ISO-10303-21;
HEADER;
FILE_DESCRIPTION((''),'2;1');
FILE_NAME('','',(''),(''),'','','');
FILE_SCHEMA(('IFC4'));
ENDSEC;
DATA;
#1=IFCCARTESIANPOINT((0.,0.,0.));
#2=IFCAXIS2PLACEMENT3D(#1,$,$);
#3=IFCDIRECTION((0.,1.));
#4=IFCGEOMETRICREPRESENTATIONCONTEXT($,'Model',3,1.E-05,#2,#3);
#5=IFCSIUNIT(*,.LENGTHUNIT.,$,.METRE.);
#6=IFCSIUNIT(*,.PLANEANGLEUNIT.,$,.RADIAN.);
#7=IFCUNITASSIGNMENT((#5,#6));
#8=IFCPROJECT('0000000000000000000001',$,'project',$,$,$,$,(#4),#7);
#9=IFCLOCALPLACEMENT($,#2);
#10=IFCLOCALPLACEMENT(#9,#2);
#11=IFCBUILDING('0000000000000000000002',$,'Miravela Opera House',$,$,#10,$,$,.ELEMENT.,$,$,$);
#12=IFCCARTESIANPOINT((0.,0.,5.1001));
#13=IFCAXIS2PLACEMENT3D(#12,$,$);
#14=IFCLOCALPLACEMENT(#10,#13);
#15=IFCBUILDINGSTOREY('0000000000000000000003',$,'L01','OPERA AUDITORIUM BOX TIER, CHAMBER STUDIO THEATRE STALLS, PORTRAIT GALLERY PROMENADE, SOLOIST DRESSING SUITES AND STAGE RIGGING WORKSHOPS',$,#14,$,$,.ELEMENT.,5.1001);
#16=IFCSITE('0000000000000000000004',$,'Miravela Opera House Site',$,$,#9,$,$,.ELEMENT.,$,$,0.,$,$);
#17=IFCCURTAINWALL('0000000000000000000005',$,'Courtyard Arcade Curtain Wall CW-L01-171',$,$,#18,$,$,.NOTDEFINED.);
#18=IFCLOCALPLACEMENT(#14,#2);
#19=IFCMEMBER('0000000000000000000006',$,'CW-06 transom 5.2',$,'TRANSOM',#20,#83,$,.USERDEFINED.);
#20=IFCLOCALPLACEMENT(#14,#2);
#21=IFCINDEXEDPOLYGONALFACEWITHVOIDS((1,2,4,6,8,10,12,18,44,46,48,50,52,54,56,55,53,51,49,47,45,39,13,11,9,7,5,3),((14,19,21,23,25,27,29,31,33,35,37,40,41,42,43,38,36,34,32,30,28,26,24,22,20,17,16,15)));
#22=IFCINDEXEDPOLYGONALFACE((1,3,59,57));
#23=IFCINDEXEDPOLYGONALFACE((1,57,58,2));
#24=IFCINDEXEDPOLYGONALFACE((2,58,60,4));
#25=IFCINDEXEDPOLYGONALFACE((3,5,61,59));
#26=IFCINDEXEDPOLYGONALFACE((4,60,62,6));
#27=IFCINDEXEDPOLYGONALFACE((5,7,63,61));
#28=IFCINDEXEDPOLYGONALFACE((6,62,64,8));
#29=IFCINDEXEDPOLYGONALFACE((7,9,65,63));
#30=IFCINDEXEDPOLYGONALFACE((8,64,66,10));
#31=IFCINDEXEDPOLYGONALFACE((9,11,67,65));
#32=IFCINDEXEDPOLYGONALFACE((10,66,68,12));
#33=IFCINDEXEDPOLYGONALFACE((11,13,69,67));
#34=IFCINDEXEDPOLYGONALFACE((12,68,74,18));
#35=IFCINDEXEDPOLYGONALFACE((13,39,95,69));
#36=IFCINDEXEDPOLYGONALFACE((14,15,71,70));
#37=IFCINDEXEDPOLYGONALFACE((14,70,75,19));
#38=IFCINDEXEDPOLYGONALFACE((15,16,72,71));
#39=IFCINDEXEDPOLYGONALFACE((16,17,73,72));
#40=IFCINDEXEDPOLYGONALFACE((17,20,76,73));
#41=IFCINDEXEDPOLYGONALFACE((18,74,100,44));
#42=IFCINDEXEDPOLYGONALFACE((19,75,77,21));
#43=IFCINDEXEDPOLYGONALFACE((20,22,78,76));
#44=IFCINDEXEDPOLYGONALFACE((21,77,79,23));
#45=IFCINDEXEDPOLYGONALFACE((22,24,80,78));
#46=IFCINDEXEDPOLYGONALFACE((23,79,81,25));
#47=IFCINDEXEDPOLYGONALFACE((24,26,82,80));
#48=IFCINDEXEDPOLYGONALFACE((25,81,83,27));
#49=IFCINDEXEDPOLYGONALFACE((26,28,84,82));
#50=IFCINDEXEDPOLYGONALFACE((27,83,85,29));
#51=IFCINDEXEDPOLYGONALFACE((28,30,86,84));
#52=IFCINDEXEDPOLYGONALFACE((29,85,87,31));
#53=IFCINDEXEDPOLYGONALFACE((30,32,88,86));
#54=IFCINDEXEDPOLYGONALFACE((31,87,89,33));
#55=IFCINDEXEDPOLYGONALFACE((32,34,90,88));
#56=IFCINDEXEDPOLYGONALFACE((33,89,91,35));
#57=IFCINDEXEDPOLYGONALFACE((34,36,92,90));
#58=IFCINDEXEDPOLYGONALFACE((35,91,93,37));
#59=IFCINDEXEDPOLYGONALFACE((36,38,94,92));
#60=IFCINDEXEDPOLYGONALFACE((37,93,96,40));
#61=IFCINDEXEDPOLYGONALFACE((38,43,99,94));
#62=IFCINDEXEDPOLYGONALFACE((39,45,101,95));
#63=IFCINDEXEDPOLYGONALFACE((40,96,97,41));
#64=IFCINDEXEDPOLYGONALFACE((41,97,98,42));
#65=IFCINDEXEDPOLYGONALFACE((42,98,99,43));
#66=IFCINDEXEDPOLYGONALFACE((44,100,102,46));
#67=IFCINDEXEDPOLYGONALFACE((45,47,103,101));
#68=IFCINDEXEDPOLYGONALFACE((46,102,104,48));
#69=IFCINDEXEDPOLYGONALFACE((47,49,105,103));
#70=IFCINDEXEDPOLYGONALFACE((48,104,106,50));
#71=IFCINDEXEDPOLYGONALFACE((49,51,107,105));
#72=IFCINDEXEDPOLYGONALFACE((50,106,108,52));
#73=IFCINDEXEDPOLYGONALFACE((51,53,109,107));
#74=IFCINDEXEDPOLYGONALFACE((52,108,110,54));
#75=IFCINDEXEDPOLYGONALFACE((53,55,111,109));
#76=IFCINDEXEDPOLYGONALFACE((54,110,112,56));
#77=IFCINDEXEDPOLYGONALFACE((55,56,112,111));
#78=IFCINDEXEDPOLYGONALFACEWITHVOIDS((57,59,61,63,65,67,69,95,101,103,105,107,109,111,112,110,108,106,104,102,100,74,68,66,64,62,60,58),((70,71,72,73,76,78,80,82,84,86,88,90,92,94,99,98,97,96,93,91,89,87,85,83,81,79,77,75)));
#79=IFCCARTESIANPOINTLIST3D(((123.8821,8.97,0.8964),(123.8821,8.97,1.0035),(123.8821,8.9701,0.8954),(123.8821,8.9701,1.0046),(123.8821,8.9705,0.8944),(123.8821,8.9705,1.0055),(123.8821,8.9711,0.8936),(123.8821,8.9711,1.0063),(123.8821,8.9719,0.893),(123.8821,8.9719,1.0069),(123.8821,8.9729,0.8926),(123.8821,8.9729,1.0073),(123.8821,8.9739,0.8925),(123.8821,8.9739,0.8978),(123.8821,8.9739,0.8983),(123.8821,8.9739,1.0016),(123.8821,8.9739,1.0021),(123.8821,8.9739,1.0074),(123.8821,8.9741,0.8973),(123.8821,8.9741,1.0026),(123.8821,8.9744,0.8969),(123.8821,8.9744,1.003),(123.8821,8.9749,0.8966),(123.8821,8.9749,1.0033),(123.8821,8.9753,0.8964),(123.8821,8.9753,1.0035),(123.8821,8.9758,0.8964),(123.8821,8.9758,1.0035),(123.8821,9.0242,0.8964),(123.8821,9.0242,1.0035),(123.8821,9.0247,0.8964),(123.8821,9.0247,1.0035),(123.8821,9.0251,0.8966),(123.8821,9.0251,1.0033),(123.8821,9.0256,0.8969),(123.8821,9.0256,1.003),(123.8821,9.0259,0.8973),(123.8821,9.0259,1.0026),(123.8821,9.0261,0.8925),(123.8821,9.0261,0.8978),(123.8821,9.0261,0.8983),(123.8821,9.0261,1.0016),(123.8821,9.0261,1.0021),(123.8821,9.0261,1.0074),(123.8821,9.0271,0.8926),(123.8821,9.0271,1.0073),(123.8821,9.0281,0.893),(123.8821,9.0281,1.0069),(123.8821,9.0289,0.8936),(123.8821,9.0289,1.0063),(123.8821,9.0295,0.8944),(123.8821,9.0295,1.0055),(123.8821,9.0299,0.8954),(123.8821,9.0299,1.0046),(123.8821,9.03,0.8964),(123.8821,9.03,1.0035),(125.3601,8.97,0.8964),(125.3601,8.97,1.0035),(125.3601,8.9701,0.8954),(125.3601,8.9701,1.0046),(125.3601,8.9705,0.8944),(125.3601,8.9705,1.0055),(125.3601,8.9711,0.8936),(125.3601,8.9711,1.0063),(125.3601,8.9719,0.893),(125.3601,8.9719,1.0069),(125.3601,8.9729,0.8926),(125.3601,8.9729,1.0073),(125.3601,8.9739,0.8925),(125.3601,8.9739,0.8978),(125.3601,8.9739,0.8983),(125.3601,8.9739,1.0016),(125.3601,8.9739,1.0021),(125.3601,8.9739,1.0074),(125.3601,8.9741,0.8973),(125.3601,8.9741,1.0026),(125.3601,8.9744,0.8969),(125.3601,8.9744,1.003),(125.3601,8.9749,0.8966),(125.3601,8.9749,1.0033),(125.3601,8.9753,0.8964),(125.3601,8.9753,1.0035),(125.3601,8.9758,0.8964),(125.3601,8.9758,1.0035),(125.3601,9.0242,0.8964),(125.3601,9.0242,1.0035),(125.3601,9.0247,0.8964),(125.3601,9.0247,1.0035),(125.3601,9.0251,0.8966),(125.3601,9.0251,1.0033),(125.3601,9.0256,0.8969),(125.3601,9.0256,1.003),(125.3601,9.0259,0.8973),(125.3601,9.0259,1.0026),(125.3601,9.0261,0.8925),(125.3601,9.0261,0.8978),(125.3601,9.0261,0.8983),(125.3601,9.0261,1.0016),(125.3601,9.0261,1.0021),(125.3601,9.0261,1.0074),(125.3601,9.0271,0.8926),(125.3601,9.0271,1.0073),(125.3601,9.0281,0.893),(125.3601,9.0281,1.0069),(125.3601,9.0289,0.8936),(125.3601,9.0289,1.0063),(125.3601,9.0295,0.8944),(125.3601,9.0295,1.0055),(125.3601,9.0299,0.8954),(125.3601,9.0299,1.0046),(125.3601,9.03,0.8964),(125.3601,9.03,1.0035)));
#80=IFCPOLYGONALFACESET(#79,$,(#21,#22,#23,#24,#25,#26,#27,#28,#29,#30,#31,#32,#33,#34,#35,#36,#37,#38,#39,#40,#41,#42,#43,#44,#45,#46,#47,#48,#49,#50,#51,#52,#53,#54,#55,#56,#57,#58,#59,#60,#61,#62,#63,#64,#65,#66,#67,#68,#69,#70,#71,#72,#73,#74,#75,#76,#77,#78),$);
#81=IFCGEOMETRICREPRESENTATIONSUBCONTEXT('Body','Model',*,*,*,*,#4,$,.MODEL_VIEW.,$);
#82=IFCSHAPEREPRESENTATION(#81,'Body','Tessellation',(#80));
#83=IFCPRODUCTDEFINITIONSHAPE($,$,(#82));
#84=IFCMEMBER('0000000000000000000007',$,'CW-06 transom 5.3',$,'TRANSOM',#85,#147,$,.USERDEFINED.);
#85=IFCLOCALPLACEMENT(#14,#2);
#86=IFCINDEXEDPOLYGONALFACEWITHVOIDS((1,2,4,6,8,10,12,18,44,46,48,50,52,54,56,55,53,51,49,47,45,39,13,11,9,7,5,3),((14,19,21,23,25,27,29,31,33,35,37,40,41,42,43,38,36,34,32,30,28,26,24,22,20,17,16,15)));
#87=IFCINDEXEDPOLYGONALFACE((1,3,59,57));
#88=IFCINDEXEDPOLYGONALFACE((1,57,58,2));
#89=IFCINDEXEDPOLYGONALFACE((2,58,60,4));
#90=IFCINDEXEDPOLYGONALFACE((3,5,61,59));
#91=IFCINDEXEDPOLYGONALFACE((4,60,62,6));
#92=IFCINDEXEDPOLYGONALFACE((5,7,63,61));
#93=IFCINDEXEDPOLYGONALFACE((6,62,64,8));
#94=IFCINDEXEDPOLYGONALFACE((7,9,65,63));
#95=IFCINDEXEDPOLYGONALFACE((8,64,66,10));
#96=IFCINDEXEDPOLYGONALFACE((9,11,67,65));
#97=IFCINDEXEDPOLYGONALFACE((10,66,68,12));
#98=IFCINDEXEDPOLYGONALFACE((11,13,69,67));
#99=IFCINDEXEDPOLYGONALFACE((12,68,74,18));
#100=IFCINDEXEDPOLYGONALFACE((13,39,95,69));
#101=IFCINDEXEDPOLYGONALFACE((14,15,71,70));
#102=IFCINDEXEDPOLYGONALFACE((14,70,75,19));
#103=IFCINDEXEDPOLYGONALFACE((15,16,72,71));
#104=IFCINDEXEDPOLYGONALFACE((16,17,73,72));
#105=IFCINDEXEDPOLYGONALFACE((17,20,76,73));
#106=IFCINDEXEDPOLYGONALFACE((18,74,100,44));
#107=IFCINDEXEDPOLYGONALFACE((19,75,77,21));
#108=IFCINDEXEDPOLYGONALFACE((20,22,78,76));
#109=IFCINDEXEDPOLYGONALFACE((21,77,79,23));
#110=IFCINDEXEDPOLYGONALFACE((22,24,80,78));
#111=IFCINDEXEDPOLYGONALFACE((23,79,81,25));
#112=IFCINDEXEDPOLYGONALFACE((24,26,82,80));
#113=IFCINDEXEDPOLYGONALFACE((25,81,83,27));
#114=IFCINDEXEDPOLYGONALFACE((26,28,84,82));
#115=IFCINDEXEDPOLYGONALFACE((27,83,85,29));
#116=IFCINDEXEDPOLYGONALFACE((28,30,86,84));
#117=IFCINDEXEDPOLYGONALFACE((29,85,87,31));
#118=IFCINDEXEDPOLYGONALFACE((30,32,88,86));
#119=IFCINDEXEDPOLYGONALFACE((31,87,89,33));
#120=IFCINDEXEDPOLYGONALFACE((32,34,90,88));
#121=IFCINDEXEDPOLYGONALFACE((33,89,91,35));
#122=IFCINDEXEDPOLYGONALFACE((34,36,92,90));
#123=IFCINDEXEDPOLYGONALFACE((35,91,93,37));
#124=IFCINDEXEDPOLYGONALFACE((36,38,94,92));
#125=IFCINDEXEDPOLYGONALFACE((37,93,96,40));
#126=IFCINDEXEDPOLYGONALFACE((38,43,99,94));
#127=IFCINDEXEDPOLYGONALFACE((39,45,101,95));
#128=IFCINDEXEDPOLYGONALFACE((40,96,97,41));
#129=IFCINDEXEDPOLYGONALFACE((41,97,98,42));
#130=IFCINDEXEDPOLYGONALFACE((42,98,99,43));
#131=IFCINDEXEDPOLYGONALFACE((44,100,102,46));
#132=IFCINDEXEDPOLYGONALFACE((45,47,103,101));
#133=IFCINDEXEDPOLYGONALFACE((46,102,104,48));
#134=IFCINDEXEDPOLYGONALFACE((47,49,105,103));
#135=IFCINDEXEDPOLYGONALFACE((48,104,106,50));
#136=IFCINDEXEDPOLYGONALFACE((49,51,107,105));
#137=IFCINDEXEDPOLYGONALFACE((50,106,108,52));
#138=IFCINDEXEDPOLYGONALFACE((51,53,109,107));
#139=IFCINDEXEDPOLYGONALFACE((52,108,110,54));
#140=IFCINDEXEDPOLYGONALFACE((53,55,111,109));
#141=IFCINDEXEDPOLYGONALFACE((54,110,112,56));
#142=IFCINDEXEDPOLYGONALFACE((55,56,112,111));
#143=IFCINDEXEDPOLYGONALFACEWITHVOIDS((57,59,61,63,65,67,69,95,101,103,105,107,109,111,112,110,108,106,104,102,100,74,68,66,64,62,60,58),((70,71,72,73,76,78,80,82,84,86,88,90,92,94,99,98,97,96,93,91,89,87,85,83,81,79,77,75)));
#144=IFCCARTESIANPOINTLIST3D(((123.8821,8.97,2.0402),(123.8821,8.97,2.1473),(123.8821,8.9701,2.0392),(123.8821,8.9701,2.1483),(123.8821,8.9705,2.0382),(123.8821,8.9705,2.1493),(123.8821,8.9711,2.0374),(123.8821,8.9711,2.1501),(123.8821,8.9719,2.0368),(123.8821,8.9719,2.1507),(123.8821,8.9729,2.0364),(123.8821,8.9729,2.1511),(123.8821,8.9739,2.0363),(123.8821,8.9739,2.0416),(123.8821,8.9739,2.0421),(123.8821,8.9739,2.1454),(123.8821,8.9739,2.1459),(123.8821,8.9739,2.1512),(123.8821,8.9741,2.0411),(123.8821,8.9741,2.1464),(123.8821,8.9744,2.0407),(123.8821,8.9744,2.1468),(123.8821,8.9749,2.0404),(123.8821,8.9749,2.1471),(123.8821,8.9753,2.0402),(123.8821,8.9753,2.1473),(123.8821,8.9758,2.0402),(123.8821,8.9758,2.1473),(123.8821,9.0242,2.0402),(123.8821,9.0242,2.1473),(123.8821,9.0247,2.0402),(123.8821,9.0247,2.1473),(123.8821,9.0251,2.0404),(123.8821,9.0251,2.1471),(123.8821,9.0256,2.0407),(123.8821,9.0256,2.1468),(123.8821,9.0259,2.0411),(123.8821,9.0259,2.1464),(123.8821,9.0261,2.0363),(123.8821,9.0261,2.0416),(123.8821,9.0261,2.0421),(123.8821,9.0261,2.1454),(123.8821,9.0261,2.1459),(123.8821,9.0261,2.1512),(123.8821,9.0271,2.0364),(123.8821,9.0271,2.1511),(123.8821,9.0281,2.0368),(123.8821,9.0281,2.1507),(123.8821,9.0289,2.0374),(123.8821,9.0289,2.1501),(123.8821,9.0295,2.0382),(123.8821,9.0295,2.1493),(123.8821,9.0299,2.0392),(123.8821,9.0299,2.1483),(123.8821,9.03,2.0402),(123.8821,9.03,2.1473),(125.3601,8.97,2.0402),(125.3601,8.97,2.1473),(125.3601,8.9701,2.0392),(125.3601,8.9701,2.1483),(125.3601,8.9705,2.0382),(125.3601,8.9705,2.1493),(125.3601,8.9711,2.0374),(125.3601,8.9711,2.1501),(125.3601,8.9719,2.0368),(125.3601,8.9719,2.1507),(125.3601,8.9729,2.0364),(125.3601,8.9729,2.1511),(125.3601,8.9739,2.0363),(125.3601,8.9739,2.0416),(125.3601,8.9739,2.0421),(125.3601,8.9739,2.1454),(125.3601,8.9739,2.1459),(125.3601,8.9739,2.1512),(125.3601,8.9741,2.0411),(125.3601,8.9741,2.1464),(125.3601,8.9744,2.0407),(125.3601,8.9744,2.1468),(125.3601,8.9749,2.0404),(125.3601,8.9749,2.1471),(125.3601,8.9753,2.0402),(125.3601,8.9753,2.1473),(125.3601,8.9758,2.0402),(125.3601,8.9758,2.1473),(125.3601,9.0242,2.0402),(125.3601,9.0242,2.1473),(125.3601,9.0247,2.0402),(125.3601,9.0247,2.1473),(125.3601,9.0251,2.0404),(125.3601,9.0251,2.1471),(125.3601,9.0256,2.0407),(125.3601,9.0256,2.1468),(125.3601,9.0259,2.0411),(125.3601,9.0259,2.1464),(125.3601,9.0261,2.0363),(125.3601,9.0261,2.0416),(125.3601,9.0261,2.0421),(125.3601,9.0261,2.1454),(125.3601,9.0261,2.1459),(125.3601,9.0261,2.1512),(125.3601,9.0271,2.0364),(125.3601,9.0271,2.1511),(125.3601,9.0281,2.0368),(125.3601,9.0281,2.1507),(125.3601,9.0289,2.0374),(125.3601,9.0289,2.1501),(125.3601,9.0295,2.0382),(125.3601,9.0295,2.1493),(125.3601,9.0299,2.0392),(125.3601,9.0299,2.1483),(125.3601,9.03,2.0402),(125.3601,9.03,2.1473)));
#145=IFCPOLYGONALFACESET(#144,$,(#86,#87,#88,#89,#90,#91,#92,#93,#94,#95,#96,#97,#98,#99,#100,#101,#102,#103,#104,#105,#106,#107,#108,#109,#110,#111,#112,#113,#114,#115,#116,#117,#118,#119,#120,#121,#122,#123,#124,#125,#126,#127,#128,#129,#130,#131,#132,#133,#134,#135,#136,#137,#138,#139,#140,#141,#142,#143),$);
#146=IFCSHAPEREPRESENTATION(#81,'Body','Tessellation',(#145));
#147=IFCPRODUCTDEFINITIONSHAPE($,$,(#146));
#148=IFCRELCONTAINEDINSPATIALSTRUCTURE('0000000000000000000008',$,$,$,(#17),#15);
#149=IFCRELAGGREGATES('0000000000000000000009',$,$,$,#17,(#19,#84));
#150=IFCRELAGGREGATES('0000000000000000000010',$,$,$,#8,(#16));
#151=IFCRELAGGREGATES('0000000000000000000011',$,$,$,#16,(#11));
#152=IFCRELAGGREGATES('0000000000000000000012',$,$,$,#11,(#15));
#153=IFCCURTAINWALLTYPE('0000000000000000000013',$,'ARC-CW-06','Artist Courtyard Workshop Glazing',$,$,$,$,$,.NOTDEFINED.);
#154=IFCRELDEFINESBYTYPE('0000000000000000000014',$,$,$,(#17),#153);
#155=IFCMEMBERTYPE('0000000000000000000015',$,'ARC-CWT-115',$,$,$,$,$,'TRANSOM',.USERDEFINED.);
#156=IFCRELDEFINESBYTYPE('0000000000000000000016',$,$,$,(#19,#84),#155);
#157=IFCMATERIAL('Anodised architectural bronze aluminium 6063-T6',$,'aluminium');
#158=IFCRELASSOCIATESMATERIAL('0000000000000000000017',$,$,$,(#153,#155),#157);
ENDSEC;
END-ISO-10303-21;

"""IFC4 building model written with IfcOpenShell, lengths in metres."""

from ifc_helpers import new_model, si_unit, direction, frame, origin, origin_2d, place, context, subcontext, project, spatial, hollow_rectangle, extrude, material, material_profile, profile_set, type_object, element, aggregate, save


model = new_model("IFC4")

# Units and contexts
model_context = context("Model", 3, precision=1e-05, world=origin(), true_north=direction((0.0, 1.0)))
body_context = subcontext(model_context, "Body", "Model", "MODEL_VIEW")
ifc_project = project(units=[si_unit("LENGTHUNIT", "METRE"), si_unit("PLANEANGLEUNIT", "RADIAN")], contexts=[model_context])

# Site, building, storey
site_placement = place(None, origin())
site = spatial("IfcSite", under=ifc_project, at=site_placement, Name="Miravela Opera House Site", CompositionType="ELEMENT", RefElevation=0.0)
building_placement = place(site_placement, origin())
building = spatial("IfcBuilding", under=site, at=building_placement, Name="Miravela Opera House", CompositionType="ELEMENT")
storey_placement = place(building_placement, frame((0.0, 0.0, 5.1001)))
storey = spatial("IfcBuildingStorey", under=building, at=storey_placement, Name="L01", Description="OPERA AUDITORIUM BOX TIER, CHAMBER STUDIO THEATRE STALLS, PORTRAIT GALLERY PROMENADE, SOLOIST DRESSING SUITES AND STAGE RIGGING WORKSHOPS", CompositionType="ELEMENT", Elevation=5.1001)

# Curtain wall
ifc_material_1 = material(Name="Anodised architectural bronze aluminium 6063-T6", Category="aluminium")
curtain_wall_type = type_object("IfcCurtainWallType", Name="ARC-CW-06", Description="Artist Courtyard Workshop Glazing", PredefinedType="NOTDEFINED", material=ifc_material_1)
curtain_wall_1_placement = place(storey_placement, origin())
curtain_wall_1 = element("IfcCurtainWall", 1, at=curtain_wall_1_placement, inside=storey, type_object=curtain_wall_type, Name="Courtyard Arcade Curtain Wall CW-L01-171", PredefinedType="NOTDEFINED")

# Members
ifc_material_profile_1 = material_profile(ifc_material_1, hollow_rectangle(XDim=0.0601, YDim=0.115, WallThickness=0.0039, InnerFilletRadius=0.002, OuterFilletRadius=0.0039, at=origin_2d()), Name="CWT-60X115")
ifc_profile_set_1 = profile_set([ifc_material_profile_1])
member_type_1 = type_object("IfcMemberType", Name="ARC-CWT-115", ElementType="TRANSOM", PredefinedType="USERDEFINED", material=ifc_profile_set_1)
member_1_placement = place(storey_placement, frame((123.8821, 9.0, 0.95), z_axis=(1.0, 0.0, 0.0), x_axis=(0.0, 1.0, 0.0)))
member_1 = element("IfcMember", 2, at=member_1_placement, type_object=member_type_1, Name="CW-06 transom 5.2", ObjectType="TRANSOM", PredefinedType="USERDEFINED", context=body_context, shape_type="SweptSolid", body=[
    extrude(hollow_rectangle(XDim=0.0601, YDim=0.115, WallThickness=0.0039, InnerFilletRadius=0.002, OuterFilletRadius=0.0039, at=origin_2d()), origin(), (0.0, 0.0, 1.0), 1.478),
])
member_2_placement = place(storey_placement, frame((123.8821, 9.0, 2.0938), z_axis=(1.0, 0.0, 0.0), x_axis=(0.0, 1.0, 0.0)))
member_2 = element("IfcMember", 3, at=member_2_placement, type_object=member_type_1, Name="CW-06 transom 5.3", ObjectType="TRANSOM", PredefinedType="USERDEFINED", context=body_context, shape_type="SweptSolid", body=[
    extrude(hollow_rectangle(XDim=0.0601, YDim=0.115, WallThickness=0.0039, InnerFilletRadius=0.002, OuterFilletRadius=0.0039, at=origin_2d()), origin(), (0.0, 0.0, 1.0), 1.478),
])

aggregate(curtain_wall_1, [member_1, member_2])

save(model, "model.ifc")
